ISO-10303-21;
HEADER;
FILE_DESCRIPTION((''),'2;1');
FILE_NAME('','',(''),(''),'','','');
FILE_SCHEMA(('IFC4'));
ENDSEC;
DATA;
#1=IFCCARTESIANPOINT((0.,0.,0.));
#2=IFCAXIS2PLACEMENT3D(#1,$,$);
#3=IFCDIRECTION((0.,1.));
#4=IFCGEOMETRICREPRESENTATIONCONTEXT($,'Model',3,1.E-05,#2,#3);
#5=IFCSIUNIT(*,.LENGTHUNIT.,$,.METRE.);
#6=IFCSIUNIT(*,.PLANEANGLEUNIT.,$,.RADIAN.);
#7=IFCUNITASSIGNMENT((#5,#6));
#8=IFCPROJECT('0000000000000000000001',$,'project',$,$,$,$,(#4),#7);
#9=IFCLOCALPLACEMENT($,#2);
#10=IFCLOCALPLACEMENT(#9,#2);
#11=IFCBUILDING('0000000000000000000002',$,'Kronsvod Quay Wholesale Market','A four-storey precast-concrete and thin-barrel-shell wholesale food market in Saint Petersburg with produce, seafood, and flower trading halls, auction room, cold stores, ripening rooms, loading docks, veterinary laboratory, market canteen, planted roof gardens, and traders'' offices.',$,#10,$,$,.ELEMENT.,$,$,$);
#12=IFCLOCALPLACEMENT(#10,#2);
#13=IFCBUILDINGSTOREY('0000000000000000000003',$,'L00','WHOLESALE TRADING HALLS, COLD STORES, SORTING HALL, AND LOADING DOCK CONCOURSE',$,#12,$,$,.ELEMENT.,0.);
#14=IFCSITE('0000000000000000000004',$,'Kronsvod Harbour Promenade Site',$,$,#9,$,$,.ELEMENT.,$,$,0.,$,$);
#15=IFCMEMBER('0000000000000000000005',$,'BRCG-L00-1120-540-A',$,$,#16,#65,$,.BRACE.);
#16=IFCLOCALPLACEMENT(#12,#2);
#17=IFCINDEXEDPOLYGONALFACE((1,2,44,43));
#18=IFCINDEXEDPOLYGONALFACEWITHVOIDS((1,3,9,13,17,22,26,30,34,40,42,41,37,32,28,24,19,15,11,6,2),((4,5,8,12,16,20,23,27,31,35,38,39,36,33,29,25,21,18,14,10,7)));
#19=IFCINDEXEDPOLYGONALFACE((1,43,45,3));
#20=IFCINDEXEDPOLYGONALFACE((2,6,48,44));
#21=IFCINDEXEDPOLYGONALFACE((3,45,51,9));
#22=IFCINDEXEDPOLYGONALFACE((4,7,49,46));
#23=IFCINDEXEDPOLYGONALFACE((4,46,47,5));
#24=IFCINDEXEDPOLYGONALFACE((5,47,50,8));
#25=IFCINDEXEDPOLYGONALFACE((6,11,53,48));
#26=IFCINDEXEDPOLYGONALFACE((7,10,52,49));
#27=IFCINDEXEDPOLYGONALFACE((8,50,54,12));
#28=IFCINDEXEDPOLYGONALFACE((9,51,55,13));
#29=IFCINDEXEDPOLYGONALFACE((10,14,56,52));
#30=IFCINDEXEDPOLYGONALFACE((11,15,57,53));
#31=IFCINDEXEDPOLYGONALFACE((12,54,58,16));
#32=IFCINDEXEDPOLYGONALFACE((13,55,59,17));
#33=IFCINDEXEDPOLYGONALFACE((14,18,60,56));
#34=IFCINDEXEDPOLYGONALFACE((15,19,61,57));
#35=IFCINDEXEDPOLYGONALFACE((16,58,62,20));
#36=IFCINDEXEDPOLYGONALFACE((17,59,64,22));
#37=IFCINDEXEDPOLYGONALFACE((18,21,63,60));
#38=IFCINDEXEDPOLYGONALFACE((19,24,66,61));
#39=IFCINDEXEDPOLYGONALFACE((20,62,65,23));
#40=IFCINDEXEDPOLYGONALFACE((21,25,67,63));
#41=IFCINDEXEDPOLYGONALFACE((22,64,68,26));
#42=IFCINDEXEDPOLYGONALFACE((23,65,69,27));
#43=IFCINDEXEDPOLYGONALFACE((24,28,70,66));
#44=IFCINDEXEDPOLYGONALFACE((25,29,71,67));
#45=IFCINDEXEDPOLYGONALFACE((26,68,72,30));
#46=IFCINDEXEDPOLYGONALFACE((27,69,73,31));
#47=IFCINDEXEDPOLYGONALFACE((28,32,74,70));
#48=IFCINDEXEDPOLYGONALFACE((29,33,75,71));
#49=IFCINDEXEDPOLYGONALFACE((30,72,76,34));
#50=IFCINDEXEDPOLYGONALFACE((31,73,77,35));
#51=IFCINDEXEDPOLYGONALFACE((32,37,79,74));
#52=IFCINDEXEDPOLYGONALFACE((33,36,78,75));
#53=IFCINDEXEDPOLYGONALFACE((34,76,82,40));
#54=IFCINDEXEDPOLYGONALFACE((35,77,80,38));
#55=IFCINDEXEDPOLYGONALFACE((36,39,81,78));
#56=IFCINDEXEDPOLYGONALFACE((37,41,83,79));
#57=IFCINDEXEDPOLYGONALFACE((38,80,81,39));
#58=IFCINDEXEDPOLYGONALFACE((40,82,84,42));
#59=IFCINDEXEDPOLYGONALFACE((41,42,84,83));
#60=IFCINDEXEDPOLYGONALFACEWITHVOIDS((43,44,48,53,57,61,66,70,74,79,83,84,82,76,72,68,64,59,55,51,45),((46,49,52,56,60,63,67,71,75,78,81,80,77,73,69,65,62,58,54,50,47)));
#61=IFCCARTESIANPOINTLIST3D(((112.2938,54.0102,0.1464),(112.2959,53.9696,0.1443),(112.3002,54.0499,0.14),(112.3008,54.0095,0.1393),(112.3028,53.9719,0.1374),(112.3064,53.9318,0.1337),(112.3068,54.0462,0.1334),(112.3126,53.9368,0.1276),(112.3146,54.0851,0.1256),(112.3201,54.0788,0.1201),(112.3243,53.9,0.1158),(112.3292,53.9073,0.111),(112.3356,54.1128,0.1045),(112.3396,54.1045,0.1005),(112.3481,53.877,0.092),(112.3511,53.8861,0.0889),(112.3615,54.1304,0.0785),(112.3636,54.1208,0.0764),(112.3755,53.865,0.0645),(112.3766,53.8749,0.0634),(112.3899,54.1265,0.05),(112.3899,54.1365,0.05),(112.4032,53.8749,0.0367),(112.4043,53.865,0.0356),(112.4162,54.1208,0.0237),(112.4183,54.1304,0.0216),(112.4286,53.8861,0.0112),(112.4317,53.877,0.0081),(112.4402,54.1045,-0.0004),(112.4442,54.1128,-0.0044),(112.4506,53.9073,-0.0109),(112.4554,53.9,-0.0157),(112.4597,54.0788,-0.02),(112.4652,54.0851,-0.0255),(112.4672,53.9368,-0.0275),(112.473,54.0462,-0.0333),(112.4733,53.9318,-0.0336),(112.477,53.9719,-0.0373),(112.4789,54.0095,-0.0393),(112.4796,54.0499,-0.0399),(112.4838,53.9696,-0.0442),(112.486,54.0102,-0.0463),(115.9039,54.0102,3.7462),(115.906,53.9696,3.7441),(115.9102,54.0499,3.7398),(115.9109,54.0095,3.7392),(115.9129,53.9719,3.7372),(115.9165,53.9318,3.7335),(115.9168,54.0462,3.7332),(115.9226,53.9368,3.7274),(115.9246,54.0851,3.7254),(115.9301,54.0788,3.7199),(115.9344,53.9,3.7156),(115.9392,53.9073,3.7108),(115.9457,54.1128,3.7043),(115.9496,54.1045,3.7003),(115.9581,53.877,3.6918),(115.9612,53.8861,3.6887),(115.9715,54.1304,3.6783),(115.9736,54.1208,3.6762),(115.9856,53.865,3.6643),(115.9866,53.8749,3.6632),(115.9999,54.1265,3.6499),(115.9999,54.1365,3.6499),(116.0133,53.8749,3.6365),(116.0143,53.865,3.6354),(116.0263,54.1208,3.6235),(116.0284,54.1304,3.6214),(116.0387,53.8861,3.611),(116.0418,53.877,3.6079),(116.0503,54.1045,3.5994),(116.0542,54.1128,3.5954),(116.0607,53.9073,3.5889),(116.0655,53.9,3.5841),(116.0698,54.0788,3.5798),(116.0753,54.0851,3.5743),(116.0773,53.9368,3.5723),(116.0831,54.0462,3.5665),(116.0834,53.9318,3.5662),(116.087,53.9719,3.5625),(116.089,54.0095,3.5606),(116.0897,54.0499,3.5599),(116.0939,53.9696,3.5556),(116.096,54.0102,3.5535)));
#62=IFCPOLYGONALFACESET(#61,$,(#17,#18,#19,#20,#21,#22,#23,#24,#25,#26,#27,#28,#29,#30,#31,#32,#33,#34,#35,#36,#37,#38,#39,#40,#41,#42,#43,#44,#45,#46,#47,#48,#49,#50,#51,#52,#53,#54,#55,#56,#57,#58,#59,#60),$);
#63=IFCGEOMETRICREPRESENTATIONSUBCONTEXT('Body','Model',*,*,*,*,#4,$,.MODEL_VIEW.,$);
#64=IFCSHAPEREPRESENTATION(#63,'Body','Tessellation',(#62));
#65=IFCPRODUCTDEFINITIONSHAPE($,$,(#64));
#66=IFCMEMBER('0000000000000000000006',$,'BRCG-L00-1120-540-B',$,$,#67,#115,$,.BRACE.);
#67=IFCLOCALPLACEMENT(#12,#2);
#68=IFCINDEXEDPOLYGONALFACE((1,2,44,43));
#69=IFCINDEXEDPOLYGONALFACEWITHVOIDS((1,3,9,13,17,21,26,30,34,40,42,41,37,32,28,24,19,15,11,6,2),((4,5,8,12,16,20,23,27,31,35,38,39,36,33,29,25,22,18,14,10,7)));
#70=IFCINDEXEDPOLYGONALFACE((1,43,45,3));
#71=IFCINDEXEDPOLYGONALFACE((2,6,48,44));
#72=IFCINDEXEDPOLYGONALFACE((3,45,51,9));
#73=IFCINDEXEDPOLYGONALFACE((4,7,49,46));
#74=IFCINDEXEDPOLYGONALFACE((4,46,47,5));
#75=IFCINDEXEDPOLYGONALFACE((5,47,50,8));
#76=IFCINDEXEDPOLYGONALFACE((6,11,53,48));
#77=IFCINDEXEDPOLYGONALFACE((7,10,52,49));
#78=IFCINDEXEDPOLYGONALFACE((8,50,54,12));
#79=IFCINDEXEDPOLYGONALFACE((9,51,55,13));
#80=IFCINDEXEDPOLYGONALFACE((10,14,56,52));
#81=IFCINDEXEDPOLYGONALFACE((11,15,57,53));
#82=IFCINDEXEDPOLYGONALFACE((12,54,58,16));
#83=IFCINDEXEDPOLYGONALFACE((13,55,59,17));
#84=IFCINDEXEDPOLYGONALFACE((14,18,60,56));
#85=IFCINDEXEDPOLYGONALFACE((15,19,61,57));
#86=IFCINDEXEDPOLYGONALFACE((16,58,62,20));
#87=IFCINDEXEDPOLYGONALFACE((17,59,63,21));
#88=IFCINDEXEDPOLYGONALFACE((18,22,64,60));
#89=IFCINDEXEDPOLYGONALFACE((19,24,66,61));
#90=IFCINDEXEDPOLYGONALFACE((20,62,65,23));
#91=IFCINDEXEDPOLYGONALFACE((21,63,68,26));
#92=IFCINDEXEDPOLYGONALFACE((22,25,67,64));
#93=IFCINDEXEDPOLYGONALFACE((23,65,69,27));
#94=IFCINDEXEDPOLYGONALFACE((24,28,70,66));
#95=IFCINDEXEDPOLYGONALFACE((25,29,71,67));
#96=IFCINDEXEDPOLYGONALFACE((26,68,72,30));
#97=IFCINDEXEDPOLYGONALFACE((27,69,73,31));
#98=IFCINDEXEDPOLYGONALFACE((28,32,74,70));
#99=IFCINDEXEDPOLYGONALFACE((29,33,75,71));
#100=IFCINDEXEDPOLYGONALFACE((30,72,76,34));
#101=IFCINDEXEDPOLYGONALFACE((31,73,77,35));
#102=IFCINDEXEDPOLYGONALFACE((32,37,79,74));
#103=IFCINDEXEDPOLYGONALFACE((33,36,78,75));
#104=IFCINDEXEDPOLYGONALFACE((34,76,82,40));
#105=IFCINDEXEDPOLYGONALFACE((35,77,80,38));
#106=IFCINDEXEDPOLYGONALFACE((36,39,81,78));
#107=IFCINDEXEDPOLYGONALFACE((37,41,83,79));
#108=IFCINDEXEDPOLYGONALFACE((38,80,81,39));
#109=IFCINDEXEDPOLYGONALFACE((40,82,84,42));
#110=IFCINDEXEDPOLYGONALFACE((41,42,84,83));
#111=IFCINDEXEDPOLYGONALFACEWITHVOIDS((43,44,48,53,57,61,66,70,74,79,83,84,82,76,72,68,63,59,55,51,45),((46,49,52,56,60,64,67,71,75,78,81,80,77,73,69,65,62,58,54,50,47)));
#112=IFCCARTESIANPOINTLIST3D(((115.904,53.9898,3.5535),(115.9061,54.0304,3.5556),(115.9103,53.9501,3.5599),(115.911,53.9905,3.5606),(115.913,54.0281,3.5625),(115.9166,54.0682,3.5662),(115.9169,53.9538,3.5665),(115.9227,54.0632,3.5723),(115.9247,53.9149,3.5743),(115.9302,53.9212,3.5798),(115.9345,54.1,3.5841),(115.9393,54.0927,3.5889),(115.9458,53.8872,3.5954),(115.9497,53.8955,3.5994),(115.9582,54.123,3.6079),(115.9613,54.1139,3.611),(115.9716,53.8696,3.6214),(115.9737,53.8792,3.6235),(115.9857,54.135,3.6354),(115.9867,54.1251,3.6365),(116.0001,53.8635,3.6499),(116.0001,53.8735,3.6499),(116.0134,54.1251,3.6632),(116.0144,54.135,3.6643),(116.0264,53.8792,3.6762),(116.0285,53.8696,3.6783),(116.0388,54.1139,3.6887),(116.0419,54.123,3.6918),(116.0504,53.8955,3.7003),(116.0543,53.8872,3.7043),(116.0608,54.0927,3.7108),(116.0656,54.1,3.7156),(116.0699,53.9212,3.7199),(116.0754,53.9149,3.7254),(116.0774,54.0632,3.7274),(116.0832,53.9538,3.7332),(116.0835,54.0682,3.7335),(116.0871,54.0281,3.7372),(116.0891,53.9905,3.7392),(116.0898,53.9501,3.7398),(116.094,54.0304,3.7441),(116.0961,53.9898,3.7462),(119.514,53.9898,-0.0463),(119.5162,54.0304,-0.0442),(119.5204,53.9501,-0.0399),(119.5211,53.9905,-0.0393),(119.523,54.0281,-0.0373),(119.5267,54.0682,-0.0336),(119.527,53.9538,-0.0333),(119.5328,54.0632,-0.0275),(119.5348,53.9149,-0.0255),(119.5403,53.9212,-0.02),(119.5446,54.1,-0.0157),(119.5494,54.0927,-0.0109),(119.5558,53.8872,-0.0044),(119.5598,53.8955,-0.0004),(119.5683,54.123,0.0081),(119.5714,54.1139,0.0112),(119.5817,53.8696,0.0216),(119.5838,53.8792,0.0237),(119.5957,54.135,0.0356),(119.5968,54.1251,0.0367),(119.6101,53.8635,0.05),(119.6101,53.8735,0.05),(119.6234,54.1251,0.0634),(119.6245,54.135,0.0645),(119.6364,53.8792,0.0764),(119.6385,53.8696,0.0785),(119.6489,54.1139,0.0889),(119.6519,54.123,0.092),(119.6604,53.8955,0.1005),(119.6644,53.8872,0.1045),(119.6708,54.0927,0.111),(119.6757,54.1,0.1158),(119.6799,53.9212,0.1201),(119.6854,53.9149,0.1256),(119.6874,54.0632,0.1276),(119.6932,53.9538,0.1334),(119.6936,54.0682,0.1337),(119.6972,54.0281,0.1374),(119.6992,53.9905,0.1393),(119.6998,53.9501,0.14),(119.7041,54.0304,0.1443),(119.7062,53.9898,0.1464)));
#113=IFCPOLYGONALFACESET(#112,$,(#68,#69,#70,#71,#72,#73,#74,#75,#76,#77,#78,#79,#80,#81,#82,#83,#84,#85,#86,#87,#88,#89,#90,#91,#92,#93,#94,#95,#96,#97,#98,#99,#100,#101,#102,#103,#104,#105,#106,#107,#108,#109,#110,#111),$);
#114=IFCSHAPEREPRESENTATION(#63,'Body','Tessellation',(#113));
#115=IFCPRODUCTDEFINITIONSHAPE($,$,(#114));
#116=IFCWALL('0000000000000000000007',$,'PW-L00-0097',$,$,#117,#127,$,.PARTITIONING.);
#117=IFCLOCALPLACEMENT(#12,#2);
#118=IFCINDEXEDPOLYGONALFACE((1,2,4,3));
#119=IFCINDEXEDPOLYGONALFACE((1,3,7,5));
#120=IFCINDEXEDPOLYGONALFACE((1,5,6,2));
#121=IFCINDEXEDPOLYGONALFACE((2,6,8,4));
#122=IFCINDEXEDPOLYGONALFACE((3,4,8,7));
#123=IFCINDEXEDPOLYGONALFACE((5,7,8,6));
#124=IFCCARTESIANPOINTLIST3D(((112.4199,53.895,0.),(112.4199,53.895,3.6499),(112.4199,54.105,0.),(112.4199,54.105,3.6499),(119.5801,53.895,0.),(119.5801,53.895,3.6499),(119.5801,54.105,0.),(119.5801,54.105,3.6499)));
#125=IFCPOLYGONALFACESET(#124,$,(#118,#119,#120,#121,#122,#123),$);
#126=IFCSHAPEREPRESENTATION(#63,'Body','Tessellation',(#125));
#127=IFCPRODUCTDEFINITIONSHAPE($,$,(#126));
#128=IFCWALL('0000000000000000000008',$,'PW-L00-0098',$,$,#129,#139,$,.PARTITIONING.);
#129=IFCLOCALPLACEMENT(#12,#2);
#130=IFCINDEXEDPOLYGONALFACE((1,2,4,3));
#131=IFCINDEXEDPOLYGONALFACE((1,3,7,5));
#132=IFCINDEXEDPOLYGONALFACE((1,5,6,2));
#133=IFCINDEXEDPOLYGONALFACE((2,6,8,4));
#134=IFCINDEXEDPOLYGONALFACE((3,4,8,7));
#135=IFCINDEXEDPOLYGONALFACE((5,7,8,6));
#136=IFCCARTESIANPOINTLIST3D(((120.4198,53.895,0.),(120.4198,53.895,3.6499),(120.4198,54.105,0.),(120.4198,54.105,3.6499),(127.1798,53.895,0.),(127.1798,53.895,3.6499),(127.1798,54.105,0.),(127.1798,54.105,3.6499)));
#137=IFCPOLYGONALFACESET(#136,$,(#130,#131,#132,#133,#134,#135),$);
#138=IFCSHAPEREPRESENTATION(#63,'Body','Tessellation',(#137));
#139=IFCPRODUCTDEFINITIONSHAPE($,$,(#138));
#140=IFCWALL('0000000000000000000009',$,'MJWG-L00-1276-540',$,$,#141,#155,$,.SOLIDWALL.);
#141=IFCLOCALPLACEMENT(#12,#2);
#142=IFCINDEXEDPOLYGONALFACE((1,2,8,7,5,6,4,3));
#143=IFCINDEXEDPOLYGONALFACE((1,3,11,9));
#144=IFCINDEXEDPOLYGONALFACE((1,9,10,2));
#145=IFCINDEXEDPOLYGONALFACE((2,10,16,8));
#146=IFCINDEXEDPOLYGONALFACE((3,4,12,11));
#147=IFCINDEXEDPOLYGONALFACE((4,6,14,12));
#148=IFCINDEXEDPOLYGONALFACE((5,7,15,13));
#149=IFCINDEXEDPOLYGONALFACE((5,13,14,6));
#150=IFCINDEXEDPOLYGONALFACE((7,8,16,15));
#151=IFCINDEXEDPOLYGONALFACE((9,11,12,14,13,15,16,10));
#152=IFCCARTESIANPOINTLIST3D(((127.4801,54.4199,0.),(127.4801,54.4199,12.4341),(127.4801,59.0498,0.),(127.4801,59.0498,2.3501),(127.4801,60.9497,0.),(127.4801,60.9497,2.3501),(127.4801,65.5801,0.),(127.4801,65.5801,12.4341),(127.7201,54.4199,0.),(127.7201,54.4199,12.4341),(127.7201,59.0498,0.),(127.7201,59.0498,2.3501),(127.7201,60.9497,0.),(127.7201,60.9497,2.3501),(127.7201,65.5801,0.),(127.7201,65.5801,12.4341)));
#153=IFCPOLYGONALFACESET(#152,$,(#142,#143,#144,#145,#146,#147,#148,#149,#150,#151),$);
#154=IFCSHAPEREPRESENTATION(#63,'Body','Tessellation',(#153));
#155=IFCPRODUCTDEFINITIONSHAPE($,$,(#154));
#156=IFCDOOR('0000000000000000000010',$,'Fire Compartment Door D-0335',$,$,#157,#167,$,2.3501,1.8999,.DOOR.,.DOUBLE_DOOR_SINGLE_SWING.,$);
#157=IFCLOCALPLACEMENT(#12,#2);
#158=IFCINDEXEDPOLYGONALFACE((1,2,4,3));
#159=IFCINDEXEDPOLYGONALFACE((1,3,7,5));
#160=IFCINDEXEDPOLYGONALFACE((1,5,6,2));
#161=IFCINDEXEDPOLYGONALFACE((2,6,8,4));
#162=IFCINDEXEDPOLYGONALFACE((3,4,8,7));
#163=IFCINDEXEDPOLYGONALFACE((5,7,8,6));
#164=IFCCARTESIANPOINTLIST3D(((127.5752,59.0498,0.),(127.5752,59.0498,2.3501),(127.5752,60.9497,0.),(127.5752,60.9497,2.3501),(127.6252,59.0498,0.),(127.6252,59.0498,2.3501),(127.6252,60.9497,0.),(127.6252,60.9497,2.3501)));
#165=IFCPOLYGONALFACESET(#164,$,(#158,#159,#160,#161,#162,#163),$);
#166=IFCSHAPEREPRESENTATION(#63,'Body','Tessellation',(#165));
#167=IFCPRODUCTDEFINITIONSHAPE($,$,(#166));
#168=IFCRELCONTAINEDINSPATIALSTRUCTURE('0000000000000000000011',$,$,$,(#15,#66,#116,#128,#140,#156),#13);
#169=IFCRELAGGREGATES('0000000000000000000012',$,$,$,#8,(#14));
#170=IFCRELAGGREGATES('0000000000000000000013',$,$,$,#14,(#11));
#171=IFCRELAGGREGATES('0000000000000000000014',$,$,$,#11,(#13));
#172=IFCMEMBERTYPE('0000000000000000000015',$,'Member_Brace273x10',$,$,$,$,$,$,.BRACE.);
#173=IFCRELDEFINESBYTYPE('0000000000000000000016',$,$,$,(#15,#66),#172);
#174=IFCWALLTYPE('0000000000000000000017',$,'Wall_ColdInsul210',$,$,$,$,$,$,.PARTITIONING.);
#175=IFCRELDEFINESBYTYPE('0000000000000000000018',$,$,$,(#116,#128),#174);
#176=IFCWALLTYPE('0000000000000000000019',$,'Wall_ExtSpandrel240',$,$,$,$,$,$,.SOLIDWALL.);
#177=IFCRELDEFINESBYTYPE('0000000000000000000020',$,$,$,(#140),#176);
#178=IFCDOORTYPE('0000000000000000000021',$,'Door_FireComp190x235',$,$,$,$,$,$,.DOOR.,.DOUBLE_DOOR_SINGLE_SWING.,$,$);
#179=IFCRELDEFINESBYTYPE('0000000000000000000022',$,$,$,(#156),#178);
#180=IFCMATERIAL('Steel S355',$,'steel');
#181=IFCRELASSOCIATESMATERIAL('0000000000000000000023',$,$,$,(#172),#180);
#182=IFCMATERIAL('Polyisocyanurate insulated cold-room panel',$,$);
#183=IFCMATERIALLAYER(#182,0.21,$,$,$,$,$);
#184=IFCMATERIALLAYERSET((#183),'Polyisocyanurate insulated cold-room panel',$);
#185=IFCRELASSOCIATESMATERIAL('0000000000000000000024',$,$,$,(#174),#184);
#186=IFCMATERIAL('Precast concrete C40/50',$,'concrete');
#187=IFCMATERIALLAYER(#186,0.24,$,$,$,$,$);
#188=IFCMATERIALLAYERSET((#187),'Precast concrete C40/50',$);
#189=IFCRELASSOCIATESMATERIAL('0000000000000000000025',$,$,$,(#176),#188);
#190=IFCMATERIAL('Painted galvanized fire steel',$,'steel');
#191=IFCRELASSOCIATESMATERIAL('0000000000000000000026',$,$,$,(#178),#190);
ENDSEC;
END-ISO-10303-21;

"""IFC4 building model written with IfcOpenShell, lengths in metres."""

from ifc_helpers import new_model, si_unit, direction, frame, frame_2d, origin, origin_2d, place, context, subcontext, project, spatial, rectangle, hollow_circle, extrude, material, layer, layer_set, material_profile, profile_set, type_object, element, fill, save


model = new_model("IFC4")

# Units and contexts
model_context = context("Model", 3, precision=1e-05, world=origin(), true_north=direction((0.0, 1.0)))
body_context = subcontext(model_context, "Body", "Model", "MODEL_VIEW")
ifc_project = project(units=[si_unit("LENGTHUNIT", "METRE"), si_unit("PLANEANGLEUNIT", "RADIAN")], contexts=[model_context])

# Site, building, storey
site_placement = place(None, origin())
site = spatial("IfcSite", under=ifc_project, at=site_placement, Name="Kronsvod Harbour Promenade Site", CompositionType="ELEMENT", RefElevation=0.0)
building_placement = place(site_placement, origin())
building = spatial("IfcBuilding", under=site, at=building_placement, Name="Kronsvod Quay Wholesale Market", Description="A four-storey precast-concrete and thin-barrel-shell wholesale food market in Saint Petersburg with produce, seafood, and flower trading halls, auction room, cold stores, ripening rooms, loading docks, veterinary laboratory, market canteen, planted roof gardens, and traders' offices.", CompositionType="ELEMENT")
storey_placement = place(building_placement, origin())
storey = spatial("IfcBuildingStorey", under=building, at=storey_placement, Name="L00", Description="WHOLESALE TRADING HALLS, COLD STORES, SORTING HALL, AND LOADING DOCK CONCOURSE", CompositionType="ELEMENT", Elevation=0.0)

# Members
ifc_material_1 = material(Name="Steel S355", Category="steel")
ifc_material_profile_1 = material_profile(ifc_material_1, hollow_circle(Radius=0.1365, WallThickness=0.01, at=origin_2d()), Name="CHS273x10")
ifc_profile_set_1 = profile_set([ifc_material_profile_1], Name="Steel S355")
member_type = type_object("IfcMemberType", Name="Member_Brace273x10", PredefinedType="BRACE", material=ifc_profile_set_1)
for number, where, z_axis, x_axis, name in (
    (1, (112.3899, 54.0, 0.05), (0.708112, 0.0, 0.7061), (0.0, 1.0, 0.0), "BRCG-L00-1120-540-A"),
    (2, (119.6101, 54.0, 0.05), (-0.708112, 0.0, 0.7061), (0.0, -1.0, 0.0), "BRCG-L00-1120-540-B"),
):
    element("IfcMember", number, at=place(storey_placement, frame(where, z_axis=z_axis, x_axis=x_axis)), inside=storey, type_object=member_type, Name=name, PredefinedType="BRACE", context=body_context, shape_type="SweptSolid", body=[
        extrude(hollow_circle(Radius=0.1365, WallThickness=0.01, at=origin_2d()), origin(), (0.0, 0.0, 1.0), 5.0981),
    ])

# Walls
ifc_material_2 = material(Name="Polyisocyanurate insulated cold-room panel")
ifc_layer_1 = layer(ifc_material_2, 0.21)
ifc_layer_set_1 = layer_set([ifc_layer_1], Name="Polyisocyanurate insulated cold-room panel")
wall_type_1 = type_object("IfcWallType", Name="Wall_ColdInsul210", PredefinedType="PARTITIONING", material=ifc_layer_set_1)
wall_1_placement = place(storey_placement, frame((112.4199, 54.0, 0.0), z_axis=(0.0, 0.0, 1.0), x_axis=(1.0, 0.0, 0.0)))
element("IfcWall", 3, at=wall_1_placement, inside=storey, type_object=wall_type_1, Name="PW-L00-0097", PredefinedType="PARTITIONING", context=body_context, shape_type="SweptSolid", body=[
    extrude(rectangle(XDim=7.1602, YDim=0.21, at=frame_2d((3.5801, 0.0))), origin(), (0.0, 0.0, 1.0), 3.6499),
])
wall_2_placement = place(storey_placement, frame((120.4199, 54.0, 0.0), z_axis=(0.0, 0.0, 1.0), x_axis=(1.0, 0.0, 0.0)))
element("IfcWall", 4, at=wall_2_placement, inside=storey, type_object=wall_type_1, Name="PW-L00-0098", PredefinedType="PARTITIONING", context=body_context, shape_type="SweptSolid", body=[
    extrude(rectangle(XDim=6.76, YDim=0.21, at=frame_2d((3.3799, 0.0))), origin(), (0.0, 0.0, 1.0), 3.6499),
])

# Wall, opening, door
ifc_material_3 = material(Name="Precast concrete C40/50", Category="concrete")
ifc_layer_2 = layer(ifc_material_3, 0.24)
ifc_layer_set_2 = layer_set([ifc_layer_2], Name="Precast concrete C40/50")
wall_type_2 = type_object("IfcWallType", Name="Wall_ExtSpandrel240", PredefinedType="SOLIDWALL", material=ifc_layer_set_2)
wall_3_placement = place(storey_placement, frame((127.6001, 54.4199, 0.0), z_axis=(0.0, 0.0, 1.0), x_axis=(0.0, 1.0, 0.0)))
wall_3 = element("IfcWall", 5, at=wall_3_placement, inside=storey, type_object=wall_type_2, Name="MJWG-L00-1276-540", PredefinedType="SOLIDWALL", context=body_context, shape_type="SweptSolid", body=[
    extrude(rectangle(XDim=11.1602, YDim=0.24, at=frame_2d((5.5801, 0.0))), origin(), (0.0, 0.0, 1.0), 12.4341),
])
opening_1_placement = place(wall_3_placement, frame((4.6299, 0.0, 0.0)))
opening_1 = element("IfcOpeningElement", 6, at=opening_1_placement, cuts=wall_3, PredefinedType="OPENING", context=body_context, shape_type="SweptSolid", body=[
    extrude(rectangle(XDim=1.8999, YDim=2.3501, at=frame_2d((0.95, 1.175))), frame((0.0, 0.1299, 0.0), z_axis=(0.0, -1.0, 0.0), x_axis=(1.0, 0.0, 0.0)), (0.0, 0.0, 1.0), 0.26),
])
ifc_material_4 = material(Name="Painted galvanized fire steel", Category="steel")
door_type_1 = type_object("IfcDoorType", Name="Door_FireComp190x235", OperationType="DOUBLE_DOOR_SINGLE_SWING", PredefinedType="DOOR", material=ifc_material_4)
door_1_placement = place(opening_1_placement, origin())
door_1 = element("IfcDoor", 7, at=door_1_placement, inside=storey, type_object=door_type_1, Name="Fire Compartment Door D-0335", OperationType="DOUBLE_DOOR_SINGLE_SWING", OverallHeight=2.3501, OverallWidth=1.8999, PredefinedType="DOOR", context=body_context, shape_type="SweptSolid", body=[
    extrude(rectangle(XDim=1.8999, YDim=2.3501, at=frame_2d((0.95, 1.175))), frame((0.0, 0.0249, 0.0), z_axis=(0.0, -1.0, 0.0), x_axis=(1.0, 0.0, 0.0)), (0.0, 0.0, 1.0), 0.05),
])
fill(opening_1, door_1)

save(model, "model.ifc")
